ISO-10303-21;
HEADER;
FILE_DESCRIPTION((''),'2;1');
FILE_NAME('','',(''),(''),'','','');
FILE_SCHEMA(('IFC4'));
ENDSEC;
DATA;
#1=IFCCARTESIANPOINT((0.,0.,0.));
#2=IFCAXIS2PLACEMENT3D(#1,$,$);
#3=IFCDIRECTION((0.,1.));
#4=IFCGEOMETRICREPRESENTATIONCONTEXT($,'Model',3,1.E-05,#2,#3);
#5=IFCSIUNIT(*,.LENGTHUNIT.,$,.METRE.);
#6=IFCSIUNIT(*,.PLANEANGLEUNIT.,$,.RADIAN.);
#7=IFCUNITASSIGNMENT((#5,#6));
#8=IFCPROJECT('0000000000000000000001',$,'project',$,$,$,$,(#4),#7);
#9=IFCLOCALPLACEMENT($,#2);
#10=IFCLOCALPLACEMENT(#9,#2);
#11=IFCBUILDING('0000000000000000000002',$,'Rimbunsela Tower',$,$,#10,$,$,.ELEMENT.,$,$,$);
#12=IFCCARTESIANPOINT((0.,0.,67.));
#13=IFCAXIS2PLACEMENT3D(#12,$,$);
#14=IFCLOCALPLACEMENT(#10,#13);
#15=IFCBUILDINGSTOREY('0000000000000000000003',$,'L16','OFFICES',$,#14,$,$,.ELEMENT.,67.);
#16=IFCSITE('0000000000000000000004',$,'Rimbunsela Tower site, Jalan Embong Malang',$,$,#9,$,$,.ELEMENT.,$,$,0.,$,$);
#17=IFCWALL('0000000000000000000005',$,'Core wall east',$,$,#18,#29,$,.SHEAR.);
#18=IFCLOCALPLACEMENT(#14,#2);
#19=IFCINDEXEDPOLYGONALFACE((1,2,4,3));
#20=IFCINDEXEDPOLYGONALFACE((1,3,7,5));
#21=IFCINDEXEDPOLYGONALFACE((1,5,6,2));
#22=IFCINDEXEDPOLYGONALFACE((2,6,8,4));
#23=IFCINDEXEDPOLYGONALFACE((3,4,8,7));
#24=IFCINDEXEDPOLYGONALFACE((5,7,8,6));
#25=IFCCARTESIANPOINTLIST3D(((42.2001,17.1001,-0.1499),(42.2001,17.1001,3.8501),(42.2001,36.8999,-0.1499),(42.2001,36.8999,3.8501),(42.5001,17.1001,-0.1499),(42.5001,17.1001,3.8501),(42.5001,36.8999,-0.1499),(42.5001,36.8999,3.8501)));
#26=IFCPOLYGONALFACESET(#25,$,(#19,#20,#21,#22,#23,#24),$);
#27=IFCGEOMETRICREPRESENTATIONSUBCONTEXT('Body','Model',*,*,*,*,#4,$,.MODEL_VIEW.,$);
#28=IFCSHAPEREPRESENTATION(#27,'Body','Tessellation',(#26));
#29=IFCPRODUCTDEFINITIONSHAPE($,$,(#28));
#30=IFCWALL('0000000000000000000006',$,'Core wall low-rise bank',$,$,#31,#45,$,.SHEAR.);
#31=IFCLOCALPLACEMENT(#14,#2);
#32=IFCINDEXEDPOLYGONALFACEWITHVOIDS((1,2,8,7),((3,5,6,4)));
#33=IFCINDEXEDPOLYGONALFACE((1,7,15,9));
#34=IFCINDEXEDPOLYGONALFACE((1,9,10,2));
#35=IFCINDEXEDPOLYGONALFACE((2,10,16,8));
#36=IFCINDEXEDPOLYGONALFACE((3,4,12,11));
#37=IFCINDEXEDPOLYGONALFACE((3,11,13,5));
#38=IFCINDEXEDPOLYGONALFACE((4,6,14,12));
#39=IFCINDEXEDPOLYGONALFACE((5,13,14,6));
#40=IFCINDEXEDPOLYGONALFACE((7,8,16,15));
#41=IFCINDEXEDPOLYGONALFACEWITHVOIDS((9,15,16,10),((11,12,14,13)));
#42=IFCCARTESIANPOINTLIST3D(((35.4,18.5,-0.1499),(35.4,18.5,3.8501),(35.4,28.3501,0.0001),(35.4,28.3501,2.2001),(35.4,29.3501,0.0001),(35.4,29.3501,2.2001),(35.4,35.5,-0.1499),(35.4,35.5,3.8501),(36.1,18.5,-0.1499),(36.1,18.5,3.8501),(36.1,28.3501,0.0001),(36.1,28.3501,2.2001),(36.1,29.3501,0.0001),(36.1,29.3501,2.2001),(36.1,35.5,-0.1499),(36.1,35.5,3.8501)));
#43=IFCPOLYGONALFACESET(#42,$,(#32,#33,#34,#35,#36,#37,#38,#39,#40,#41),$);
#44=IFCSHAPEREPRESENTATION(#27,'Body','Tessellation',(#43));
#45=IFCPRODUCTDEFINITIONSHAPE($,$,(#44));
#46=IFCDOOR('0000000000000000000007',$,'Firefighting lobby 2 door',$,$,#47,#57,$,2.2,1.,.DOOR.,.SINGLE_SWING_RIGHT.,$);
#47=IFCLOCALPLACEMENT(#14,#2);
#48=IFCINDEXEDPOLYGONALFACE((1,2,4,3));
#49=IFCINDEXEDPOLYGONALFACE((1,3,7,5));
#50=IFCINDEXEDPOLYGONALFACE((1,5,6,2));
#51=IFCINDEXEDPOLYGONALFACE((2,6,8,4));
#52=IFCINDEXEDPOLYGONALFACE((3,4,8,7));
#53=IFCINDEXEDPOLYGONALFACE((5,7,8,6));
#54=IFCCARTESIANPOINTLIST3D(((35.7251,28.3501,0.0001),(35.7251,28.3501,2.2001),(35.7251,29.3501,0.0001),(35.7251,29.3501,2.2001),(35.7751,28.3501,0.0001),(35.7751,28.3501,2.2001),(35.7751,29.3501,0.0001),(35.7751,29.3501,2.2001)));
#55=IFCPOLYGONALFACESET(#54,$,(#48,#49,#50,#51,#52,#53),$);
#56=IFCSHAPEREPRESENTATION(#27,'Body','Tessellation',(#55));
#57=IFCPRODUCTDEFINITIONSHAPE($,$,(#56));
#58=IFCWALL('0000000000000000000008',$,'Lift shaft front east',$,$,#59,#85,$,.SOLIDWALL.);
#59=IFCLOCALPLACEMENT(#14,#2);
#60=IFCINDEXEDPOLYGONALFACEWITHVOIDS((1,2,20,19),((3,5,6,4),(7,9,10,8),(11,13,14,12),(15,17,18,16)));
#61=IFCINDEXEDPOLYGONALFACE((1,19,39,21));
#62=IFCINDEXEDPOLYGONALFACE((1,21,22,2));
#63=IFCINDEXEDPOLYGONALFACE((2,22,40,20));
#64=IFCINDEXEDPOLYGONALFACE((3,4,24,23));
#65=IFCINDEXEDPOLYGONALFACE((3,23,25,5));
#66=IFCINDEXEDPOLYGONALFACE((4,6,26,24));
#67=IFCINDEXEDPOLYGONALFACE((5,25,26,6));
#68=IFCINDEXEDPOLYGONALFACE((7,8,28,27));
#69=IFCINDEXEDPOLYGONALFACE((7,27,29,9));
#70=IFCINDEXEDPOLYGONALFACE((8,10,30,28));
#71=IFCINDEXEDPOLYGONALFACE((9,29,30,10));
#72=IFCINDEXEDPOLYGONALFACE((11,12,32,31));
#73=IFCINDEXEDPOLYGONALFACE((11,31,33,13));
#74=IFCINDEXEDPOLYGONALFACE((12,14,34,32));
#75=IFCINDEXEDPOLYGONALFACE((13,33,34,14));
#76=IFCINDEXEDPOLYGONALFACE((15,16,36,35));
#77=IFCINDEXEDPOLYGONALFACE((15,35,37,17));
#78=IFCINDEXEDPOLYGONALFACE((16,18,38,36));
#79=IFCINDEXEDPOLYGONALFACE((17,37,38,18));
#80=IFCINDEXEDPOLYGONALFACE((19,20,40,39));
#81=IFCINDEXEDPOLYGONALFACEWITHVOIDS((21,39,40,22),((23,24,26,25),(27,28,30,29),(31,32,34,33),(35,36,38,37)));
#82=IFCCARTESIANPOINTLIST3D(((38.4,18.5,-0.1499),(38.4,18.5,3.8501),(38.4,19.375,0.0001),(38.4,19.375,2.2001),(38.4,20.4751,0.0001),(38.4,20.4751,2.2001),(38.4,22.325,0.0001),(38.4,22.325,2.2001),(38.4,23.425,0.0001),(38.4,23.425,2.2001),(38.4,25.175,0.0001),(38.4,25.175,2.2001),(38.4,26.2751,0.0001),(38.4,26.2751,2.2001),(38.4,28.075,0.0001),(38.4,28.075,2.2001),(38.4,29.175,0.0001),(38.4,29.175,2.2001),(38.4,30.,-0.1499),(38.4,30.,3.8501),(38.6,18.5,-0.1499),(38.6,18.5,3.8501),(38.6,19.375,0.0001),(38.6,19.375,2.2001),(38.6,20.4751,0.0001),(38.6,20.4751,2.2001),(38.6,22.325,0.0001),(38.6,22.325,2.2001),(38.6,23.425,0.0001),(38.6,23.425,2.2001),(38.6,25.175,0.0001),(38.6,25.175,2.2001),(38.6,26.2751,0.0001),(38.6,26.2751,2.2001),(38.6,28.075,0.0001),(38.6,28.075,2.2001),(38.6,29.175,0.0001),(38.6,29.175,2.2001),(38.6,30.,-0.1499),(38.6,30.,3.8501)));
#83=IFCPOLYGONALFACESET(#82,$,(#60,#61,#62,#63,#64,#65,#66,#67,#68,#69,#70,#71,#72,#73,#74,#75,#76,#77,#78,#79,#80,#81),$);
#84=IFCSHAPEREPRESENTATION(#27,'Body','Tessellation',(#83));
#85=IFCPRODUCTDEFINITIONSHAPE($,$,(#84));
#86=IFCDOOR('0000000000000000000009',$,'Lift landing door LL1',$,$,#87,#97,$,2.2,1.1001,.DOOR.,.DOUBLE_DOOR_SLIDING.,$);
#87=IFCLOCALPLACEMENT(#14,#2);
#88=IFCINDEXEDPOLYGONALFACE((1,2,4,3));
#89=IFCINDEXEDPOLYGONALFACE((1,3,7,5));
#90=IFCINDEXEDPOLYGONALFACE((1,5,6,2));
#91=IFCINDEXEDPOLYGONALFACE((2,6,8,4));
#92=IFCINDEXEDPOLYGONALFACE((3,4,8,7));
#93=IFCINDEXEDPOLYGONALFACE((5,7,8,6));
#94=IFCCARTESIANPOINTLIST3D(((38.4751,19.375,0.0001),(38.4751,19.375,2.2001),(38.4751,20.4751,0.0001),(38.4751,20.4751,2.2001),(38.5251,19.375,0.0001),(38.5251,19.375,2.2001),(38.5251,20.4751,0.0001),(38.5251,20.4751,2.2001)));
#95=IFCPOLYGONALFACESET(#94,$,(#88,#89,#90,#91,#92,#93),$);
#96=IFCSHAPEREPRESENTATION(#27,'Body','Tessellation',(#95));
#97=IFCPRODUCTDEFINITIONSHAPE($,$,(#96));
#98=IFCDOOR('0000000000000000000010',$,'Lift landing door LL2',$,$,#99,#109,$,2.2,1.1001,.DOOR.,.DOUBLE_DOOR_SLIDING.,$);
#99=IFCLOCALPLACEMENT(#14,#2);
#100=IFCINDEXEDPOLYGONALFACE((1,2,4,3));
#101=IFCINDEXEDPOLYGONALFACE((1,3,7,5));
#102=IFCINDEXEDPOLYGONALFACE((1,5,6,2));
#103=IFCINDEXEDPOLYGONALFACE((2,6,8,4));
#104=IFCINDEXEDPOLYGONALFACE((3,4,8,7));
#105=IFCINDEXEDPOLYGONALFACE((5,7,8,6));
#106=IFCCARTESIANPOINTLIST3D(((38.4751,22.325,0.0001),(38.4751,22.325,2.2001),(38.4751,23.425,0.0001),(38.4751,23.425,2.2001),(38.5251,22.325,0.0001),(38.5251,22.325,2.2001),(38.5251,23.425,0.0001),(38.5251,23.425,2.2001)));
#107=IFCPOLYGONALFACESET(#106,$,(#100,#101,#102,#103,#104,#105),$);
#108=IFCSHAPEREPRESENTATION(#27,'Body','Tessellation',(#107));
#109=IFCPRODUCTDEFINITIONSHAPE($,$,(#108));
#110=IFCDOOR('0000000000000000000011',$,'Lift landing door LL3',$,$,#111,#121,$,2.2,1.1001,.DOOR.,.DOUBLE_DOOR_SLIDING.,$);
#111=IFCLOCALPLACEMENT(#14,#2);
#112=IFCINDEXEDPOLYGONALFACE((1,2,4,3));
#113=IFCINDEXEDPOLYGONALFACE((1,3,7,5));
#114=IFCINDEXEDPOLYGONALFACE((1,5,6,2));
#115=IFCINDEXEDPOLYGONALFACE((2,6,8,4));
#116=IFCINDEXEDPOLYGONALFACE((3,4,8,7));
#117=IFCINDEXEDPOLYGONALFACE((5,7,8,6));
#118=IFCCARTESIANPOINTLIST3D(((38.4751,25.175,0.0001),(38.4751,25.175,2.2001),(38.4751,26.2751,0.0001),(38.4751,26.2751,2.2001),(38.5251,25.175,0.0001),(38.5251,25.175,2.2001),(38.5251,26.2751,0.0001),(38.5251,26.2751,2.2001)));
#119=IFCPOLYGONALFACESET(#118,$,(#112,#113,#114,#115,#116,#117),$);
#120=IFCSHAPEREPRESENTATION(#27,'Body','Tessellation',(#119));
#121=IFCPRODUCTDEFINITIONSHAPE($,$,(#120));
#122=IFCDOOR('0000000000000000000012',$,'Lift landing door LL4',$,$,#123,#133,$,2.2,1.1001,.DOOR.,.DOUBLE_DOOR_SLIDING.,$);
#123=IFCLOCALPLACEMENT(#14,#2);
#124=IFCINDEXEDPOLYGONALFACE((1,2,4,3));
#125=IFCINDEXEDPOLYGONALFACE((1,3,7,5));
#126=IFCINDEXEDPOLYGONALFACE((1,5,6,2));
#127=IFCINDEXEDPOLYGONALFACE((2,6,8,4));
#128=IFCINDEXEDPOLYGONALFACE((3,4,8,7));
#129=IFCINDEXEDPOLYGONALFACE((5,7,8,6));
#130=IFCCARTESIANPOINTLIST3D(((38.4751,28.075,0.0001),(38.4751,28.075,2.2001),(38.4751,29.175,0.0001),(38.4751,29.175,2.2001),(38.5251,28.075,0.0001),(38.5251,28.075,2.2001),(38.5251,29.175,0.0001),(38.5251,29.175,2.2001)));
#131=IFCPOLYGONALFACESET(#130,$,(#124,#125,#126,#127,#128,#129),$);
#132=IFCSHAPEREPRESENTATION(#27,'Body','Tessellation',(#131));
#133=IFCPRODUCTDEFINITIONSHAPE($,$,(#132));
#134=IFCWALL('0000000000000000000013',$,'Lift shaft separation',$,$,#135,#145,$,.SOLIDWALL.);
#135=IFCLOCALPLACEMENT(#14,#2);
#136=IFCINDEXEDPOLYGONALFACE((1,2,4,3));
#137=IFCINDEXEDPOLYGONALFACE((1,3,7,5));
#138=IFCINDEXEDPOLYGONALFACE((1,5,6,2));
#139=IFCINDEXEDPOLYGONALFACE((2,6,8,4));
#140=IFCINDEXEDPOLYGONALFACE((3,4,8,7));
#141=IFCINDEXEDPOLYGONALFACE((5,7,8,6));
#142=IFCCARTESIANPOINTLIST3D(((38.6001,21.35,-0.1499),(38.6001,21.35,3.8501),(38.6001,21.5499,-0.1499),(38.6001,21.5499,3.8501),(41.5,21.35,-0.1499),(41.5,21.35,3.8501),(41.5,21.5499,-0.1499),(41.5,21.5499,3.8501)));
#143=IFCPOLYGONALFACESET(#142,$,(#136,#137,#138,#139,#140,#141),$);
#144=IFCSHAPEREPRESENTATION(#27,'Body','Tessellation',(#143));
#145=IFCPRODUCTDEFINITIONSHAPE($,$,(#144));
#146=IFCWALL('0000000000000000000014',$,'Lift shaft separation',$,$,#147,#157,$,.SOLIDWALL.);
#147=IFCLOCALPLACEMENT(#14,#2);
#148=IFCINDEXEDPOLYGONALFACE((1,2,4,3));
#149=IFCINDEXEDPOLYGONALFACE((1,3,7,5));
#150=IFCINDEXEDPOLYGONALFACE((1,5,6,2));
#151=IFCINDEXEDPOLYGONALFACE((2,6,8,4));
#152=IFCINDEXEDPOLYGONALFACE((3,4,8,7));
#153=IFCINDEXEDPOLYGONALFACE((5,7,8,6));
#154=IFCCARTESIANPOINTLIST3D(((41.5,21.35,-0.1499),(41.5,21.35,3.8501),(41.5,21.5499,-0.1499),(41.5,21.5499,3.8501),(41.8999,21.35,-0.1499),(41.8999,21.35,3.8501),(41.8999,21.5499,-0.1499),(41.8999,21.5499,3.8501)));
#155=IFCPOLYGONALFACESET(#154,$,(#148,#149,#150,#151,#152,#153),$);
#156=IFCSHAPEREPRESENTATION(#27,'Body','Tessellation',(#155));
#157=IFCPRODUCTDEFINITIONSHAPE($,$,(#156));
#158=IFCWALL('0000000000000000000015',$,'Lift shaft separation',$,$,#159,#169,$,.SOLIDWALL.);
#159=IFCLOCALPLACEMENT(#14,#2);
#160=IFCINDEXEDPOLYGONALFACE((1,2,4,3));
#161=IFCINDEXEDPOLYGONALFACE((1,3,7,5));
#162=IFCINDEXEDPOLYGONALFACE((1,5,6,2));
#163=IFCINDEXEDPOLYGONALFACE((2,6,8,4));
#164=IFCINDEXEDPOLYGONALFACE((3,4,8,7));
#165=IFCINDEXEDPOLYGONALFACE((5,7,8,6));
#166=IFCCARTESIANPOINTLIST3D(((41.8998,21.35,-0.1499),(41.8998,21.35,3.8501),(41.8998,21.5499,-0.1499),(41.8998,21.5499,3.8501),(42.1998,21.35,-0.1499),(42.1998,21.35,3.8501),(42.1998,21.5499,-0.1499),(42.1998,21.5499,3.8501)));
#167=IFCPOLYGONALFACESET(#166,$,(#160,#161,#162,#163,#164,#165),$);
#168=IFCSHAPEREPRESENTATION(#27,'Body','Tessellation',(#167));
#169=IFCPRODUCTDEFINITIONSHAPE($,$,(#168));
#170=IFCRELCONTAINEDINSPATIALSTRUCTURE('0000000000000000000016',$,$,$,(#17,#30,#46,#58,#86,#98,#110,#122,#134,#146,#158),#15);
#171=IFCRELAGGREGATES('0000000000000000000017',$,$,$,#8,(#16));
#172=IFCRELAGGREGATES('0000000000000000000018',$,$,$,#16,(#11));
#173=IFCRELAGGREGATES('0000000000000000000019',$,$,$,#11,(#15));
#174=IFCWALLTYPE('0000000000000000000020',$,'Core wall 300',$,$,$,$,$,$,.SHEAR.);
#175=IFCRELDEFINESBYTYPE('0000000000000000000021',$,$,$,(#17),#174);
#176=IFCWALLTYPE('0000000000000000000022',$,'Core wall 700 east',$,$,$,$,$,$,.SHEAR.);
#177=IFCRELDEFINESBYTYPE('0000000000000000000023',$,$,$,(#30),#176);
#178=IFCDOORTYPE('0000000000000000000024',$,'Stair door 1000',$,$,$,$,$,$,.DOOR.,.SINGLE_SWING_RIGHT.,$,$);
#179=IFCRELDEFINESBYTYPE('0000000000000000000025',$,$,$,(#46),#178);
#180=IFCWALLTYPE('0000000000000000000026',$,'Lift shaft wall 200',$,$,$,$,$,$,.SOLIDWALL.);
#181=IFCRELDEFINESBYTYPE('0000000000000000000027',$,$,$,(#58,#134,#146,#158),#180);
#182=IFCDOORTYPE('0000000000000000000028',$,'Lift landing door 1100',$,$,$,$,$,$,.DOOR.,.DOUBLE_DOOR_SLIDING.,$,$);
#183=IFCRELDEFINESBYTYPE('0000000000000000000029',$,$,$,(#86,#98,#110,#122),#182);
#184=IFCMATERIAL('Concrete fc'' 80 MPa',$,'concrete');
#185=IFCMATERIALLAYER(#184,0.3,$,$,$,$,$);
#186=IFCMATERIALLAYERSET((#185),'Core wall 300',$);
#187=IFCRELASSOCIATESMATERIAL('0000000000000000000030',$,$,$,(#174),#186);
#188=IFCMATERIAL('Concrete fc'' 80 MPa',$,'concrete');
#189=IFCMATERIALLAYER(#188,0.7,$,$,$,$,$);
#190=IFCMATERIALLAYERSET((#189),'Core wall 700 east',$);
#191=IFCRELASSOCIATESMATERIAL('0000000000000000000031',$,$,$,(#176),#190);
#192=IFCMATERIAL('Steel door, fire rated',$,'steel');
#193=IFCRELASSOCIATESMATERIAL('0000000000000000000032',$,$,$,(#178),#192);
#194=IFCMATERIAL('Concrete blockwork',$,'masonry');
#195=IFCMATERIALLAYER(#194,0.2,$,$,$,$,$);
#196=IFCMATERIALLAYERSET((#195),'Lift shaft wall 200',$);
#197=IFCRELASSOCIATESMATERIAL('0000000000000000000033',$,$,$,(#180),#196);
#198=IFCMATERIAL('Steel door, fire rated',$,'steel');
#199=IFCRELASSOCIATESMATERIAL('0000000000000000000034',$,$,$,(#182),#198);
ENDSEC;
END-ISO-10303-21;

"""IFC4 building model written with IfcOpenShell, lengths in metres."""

from ifc_helpers import new_model, si_unit, direction, frame, frame_2d, origin, place, context, subcontext, project, spatial, rectangle, extrude, material, layer, layer_set, type_object, element, fill, save


model = new_model("IFC4")

# Units and contexts
model_context = context("Model", 3, precision=1e-05, world=origin(), true_north=direction((0.0, 1.0)))
body_context = subcontext(model_context, "Body", "Model", "MODEL_VIEW")
ifc_project = project(units=[si_unit("LENGTHUNIT", "METRE"), si_unit("PLANEANGLEUNIT", "RADIAN")], contexts=[model_context])

# Site, building, storey
site_placement = place(None, origin())
site = spatial("IfcSite", under=ifc_project, at=site_placement, Name="Rimbunsela Tower site, Jalan Embong Malang", CompositionType="ELEMENT", RefElevation=0.0)
building_placement = place(site_placement, origin())
building = spatial("IfcBuilding", under=site, at=building_placement, Name="Rimbunsela Tower", CompositionType="ELEMENT")
storey_placement = place(building_placement, frame((0.0, 0.0, 67.0)))
storey = spatial("IfcBuildingStorey", under=building, at=storey_placement, Name="L16", Description="OFFICES", CompositionType="ELEMENT", Elevation=67.0)

# Wall
ifc_material_1 = material(Name="Concrete fc' 80 MPa", Category="concrete")
ifc_layer_1 = layer(ifc_material_1, 0.3)
ifc_layer_set_1 = layer_set([ifc_layer_1], Name="Core wall 300")
wall_type_1 = type_object("IfcWallType", Name="Core wall 300", PredefinedType="SHEAR", material=ifc_layer_set_1)
wall_1_placement = place(storey_placement, frame((42.3501, 17.1001, -0.1499), z_axis=(0.0, 0.0, 1.0), x_axis=(0.0, 1.0, 0.0)))
element("IfcWall", 1, at=wall_1_placement, inside=storey, type_object=wall_type_1, Name="Core wall east", PredefinedType="SHEAR", context=body_context, shape_type="SweptSolid", body=[
    extrude(rectangle(XDim=19.7998, YDim=0.3, at=frame_2d((9.8999, 0.0))), origin(), (0.0, 0.0, 1.0), 4.0),
])

# Wall, opening, door
ifc_material_2 = material(Name="Concrete fc' 80 MPa", Category="concrete")
ifc_layer_2 = layer(ifc_material_2, 0.7)
ifc_layer_set_2 = layer_set([ifc_layer_2], Name="Core wall 700 east")
wall_type_2 = type_object("IfcWallType", Name="Core wall 700 east", PredefinedType="SHEAR", material=ifc_layer_set_2)
wall_2_placement = place(storey_placement, frame((35.75, 18.5, -0.1499), z_axis=(0.0, 0.0, 1.0), x_axis=(0.0, 1.0, 0.0)))
wall_2 = element("IfcWall", 2, at=wall_2_placement, inside=storey, type_object=wall_type_2, Name="Core wall low-rise bank", PredefinedType="SHEAR", context=body_context, shape_type="SweptSolid", body=[
    extrude(rectangle(XDim=17.0, YDim=0.7, at=frame_2d((8.5, 0.0))), origin(), (0.0, 0.0, 1.0), 4.0),
])
opening_1_placement = place(wall_2_placement, frame((9.8501, 0.0, 0.1499)))
opening_1 = element("IfcOpeningElement", 3, at=opening_1_placement, cuts=wall_2, PredefinedType="OPENING", context=body_context, shape_type="SweptSolid", body=[
    extrude(rectangle(XDim=1.0, YDim=2.2, at=frame_2d((0.5, 1.1001))), frame((0.0, 0.3599, 0.0), z_axis=(0.0, -1.0, 0.0), x_axis=(1.0, 0.0, 0.0)), (0.0, 0.0, 1.0), 0.72),
])
ifc_material_3 = material(Name="Steel door, fire rated", Category="steel")
door_type_1 = type_object("IfcDoorType", Name="Stair door 1000", OperationType="SINGLE_SWING_RIGHT", PredefinedType="DOOR", material=ifc_material_3)
door_1_placement = place(opening_1_placement, origin())
door_1 = element("IfcDoor", 4, at=door_1_placement, inside=storey, type_object=door_type_1, Name="Firefighting lobby 2 door", OperationType="SINGLE_SWING_RIGHT", OverallHeight=2.2, OverallWidth=1.0, PredefinedType="DOOR", context=body_context, shape_type="SweptSolid", body=[
    extrude(rectangle(XDim=1.0, YDim=2.2, at=frame_2d((0.5, 1.1001))), frame((0.0, 0.0249, 0.0), z_axis=(0.0, -1.0, 0.0), x_axis=(1.0, 0.0, 0.0)), (0.0, 0.0, 1.0), 0.05),
])
fill(opening_1, door_1)

# Wall, openings, doors
ifc_material_4 = material(Name="Concrete blockwork", Category="masonry")
ifc_layer_3 = layer(ifc_material_4, 0.2)
ifc_layer_set_3 = layer_set([ifc_layer_3], Name="Lift shaft wall 200")
wall_type_3 = type_object("IfcWallType", Name="Lift shaft wall 200", PredefinedType="SOLIDWALL", material=ifc_layer_set_3)
wall_3_placement = place(storey_placement, frame((38.5, 18.5, -0.1499), z_axis=(0.0, 0.0, 1.0), x_axis=(0.0, 1.0, 0.0)))
wall_3 = element("IfcWall", 5, at=wall_3_placement, inside=storey, type_object=wall_type_3, Name="Lift shaft front east", PredefinedType="SOLIDWALL", context=body_context, shape_type="SweptSolid", body=[
    extrude(rectangle(XDim=11.5, YDim=0.2, at=frame_2d((5.75, 0.0))), origin(), (0.0, 0.0, 1.0), 4.0),
])
opening_2_placement = place(wall_3_placement, frame((0.875, 0.0, 0.1499)))
opening_2 = element("IfcOpeningElement", 6, at=opening_2_placement, cuts=wall_3, PredefinedType="OPENING", context=body_context, shape_type="SweptSolid", body=[
    extrude(rectangle(XDim=1.1001, YDim=2.2, at=frame_2d((0.55, 1.1001))), frame((0.0, 0.1099, 0.0), z_axis=(0.0, -1.0, 0.0), x_axis=(1.0, 0.0, 0.0)), (0.0, 0.0, 1.0), 0.22),
])
opening_3_placement = place(wall_3_placement, frame((3.825, 0.0, 0.1499)))
opening_3 = element("IfcOpeningElement", 7, at=opening_3_placement, cuts=wall_3, PredefinedType="OPENING", context=body_context, shape_type="SweptSolid", body=[
    extrude(rectangle(XDim=1.1001, YDim=2.2, at=frame_2d((0.55, 1.1001))), frame((0.0, 0.1099, 0.0), z_axis=(0.0, -1.0, 0.0), x_axis=(1.0, 0.0, 0.0)), (0.0, 0.0, 1.0), 0.22),
])
opening_4_placement = place(wall_3_placement, frame((6.675, 0.0, 0.1499)))
opening_4 = element("IfcOpeningElement", 8, at=opening_4_placement, cuts=wall_3, PredefinedType="OPENING", context=body_context, shape_type="SweptSolid", body=[
    extrude(rectangle(XDim=1.1001, YDim=2.2, at=frame_2d((0.55, 1.1001))), frame((0.0, 0.1099, 0.0), z_axis=(0.0, -1.0, 0.0), x_axis=(1.0, 0.0, 0.0)), (0.0, 0.0, 1.0), 0.22),
])
opening_5_placement = place(wall_3_placement, frame((9.575, 0.0, 0.1499)))
opening_5 = element("IfcOpeningElement", 9, at=opening_5_placement, cuts=wall_3, PredefinedType="OPENING", context=body_context, shape_type="SweptSolid", body=[
    extrude(rectangle(XDim=1.1001, YDim=2.2, at=frame_2d((0.55, 1.1001))), frame((0.0, 0.1099, 0.0), z_axis=(0.0, -1.0, 0.0), x_axis=(1.0, 0.0, 0.0)), (0.0, 0.0, 1.0), 0.22),
])
ifc_material_5 = material(Name="Steel door, fire rated", Category="steel")
door_type_2 = type_object("IfcDoorType", Name="Lift landing door 1100", OperationType="DOUBLE_DOOR_SLIDING", PredefinedType="DOOR", material=ifc_material_5)
door_2_placement = place(opening_2_placement, origin())
door_2 = element("IfcDoor", 10, at=door_2_placement, inside=storey, type_object=door_type_2, Name="Lift landing door LL1", OperationType="DOUBLE_DOOR_SLIDING", OverallHeight=2.2, OverallWidth=1.1001, PredefinedType="DOOR", context=body_context, shape_type="SweptSolid", body=[
    extrude(rectangle(XDim=1.1001, YDim=2.2, at=frame_2d((0.55, 1.1001))), frame((0.0, 0.0249, 0.0), z_axis=(0.0, -1.0, 0.0), x_axis=(1.0, 0.0, 0.0)), (0.0, 0.0, 1.0), 0.05),
])
fill(opening_2, door_2)
door_3_placement = place(opening_3_placement, origin())
door_3 = element("IfcDoor", 11, at=door_3_placement, inside=storey, type_object=door_type_2, Name="Lift landing door LL2", OperationType="DOUBLE_DOOR_SLIDING", OverallHeight=2.2, OverallWidth=1.1001, PredefinedType="DOOR", context=body_context, shape_type="SweptSolid", body=[
    extrude(rectangle(XDim=1.1001, YDim=2.2, at=frame_2d((0.55, 1.1001))), frame((0.0, 0.0249, 0.0), z_axis=(0.0, -1.0, 0.0), x_axis=(1.0, 0.0, 0.0)), (0.0, 0.0, 1.0), 0.05),
])
fill(opening_3, door_3)
door_4_placement = place(opening_4_placement, origin())
door_4 = element("IfcDoor", 12, at=door_4_placement, inside=storey, type_object=door_type_2, Name="Lift landing door LL3", OperationType="DOUBLE_DOOR_SLIDING", OverallHeight=2.2, OverallWidth=1.1001, PredefinedType="DOOR", context=body_context, shape_type="SweptSolid", body=[
    extrude(rectangle(XDim=1.1001, YDim=2.2, at=frame_2d((0.55, 1.1001))), frame((0.0, 0.0249, 0.0), z_axis=(0.0, -1.0, 0.0), x_axis=(1.0, 0.0, 0.0)), (0.0, 0.0, 1.0), 0.05),
])
fill(opening_4, door_4)
door_5_placement = place(opening_5_placement, origin())
door_5 = element("IfcDoor", 13, at=door_5_placement, inside=storey, type_object=door_type_2, Name="Lift landing door LL4", OperationType="DOUBLE_DOOR_SLIDING", OverallHeight=2.2, OverallWidth=1.1001, PredefinedType="DOOR", context=body_context, shape_type="SweptSolid", body=[
    extrude(rectangle(XDim=1.1001, YDim=2.2, at=frame_2d((0.55, 1.1001))), frame((0.0, 0.0249, 0.0), z_axis=(0.0, -1.0, 0.0), x_axis=(1.0, 0.0, 0.0)), (0.0, 0.0, 1.0), 0.05),
])
fill(opening_5, door_5)

# Walls
wall_4_placement = place(storey_placement, frame((38.6001, 21.45, -0.1499), z_axis=(0.0, 0.0, 1.0), x_axis=(1.0, 0.0, 0.0)))
element("IfcWall", 14, at=wall_4_placement, inside=storey, type_object=wall_type_3, Name="Lift shaft separation", PredefinedType="SOLIDWALL", context=body_context, shape_type="SweptSolid", body=[
    extrude(rectangle(XDim=2.8999, YDim=0.2, at=frame_2d((1.45, 0.0))), origin(), (0.0, 0.0, 1.0), 4.0),
])
wall_5_placement = place(storey_placement, frame((41.5, 21.45, -0.1499), z_axis=(0.0, 0.0, 1.0), x_axis=(1.0, 0.0, 0.0)))
element("IfcWall", 15, at=wall_5_placement, inside=storey, type_object=wall_type_3, Name="Lift shaft separation", PredefinedType="SOLIDWALL", context=body_context, shape_type="SweptSolid", body=[
    extrude(rectangle(XDim=0.3999, YDim=0.2, at=frame_2d((0.2, 0.0))), origin(), (0.0, 0.0, 1.0), 4.0),
])
wall_6_placement = place(storey_placement, frame((41.8999, 21.45, -0.1499), z_axis=(0.0, 0.0, 1.0), x_axis=(1.0, 0.0, 0.0)))
element("IfcWall", 16, at=wall_6_placement, inside=storey, type_object=wall_type_3, Name="Lift shaft separation", PredefinedType="SOLIDWALL", context=body_context, shape_type="SweptSolid", body=[
    extrude(rectangle(XDim=0.3, YDim=0.2, at=frame_2d((0.1499, 0.0))), origin(), (0.0, 0.0, 1.0), 4.0),
])

save(model, "model.ifc")
